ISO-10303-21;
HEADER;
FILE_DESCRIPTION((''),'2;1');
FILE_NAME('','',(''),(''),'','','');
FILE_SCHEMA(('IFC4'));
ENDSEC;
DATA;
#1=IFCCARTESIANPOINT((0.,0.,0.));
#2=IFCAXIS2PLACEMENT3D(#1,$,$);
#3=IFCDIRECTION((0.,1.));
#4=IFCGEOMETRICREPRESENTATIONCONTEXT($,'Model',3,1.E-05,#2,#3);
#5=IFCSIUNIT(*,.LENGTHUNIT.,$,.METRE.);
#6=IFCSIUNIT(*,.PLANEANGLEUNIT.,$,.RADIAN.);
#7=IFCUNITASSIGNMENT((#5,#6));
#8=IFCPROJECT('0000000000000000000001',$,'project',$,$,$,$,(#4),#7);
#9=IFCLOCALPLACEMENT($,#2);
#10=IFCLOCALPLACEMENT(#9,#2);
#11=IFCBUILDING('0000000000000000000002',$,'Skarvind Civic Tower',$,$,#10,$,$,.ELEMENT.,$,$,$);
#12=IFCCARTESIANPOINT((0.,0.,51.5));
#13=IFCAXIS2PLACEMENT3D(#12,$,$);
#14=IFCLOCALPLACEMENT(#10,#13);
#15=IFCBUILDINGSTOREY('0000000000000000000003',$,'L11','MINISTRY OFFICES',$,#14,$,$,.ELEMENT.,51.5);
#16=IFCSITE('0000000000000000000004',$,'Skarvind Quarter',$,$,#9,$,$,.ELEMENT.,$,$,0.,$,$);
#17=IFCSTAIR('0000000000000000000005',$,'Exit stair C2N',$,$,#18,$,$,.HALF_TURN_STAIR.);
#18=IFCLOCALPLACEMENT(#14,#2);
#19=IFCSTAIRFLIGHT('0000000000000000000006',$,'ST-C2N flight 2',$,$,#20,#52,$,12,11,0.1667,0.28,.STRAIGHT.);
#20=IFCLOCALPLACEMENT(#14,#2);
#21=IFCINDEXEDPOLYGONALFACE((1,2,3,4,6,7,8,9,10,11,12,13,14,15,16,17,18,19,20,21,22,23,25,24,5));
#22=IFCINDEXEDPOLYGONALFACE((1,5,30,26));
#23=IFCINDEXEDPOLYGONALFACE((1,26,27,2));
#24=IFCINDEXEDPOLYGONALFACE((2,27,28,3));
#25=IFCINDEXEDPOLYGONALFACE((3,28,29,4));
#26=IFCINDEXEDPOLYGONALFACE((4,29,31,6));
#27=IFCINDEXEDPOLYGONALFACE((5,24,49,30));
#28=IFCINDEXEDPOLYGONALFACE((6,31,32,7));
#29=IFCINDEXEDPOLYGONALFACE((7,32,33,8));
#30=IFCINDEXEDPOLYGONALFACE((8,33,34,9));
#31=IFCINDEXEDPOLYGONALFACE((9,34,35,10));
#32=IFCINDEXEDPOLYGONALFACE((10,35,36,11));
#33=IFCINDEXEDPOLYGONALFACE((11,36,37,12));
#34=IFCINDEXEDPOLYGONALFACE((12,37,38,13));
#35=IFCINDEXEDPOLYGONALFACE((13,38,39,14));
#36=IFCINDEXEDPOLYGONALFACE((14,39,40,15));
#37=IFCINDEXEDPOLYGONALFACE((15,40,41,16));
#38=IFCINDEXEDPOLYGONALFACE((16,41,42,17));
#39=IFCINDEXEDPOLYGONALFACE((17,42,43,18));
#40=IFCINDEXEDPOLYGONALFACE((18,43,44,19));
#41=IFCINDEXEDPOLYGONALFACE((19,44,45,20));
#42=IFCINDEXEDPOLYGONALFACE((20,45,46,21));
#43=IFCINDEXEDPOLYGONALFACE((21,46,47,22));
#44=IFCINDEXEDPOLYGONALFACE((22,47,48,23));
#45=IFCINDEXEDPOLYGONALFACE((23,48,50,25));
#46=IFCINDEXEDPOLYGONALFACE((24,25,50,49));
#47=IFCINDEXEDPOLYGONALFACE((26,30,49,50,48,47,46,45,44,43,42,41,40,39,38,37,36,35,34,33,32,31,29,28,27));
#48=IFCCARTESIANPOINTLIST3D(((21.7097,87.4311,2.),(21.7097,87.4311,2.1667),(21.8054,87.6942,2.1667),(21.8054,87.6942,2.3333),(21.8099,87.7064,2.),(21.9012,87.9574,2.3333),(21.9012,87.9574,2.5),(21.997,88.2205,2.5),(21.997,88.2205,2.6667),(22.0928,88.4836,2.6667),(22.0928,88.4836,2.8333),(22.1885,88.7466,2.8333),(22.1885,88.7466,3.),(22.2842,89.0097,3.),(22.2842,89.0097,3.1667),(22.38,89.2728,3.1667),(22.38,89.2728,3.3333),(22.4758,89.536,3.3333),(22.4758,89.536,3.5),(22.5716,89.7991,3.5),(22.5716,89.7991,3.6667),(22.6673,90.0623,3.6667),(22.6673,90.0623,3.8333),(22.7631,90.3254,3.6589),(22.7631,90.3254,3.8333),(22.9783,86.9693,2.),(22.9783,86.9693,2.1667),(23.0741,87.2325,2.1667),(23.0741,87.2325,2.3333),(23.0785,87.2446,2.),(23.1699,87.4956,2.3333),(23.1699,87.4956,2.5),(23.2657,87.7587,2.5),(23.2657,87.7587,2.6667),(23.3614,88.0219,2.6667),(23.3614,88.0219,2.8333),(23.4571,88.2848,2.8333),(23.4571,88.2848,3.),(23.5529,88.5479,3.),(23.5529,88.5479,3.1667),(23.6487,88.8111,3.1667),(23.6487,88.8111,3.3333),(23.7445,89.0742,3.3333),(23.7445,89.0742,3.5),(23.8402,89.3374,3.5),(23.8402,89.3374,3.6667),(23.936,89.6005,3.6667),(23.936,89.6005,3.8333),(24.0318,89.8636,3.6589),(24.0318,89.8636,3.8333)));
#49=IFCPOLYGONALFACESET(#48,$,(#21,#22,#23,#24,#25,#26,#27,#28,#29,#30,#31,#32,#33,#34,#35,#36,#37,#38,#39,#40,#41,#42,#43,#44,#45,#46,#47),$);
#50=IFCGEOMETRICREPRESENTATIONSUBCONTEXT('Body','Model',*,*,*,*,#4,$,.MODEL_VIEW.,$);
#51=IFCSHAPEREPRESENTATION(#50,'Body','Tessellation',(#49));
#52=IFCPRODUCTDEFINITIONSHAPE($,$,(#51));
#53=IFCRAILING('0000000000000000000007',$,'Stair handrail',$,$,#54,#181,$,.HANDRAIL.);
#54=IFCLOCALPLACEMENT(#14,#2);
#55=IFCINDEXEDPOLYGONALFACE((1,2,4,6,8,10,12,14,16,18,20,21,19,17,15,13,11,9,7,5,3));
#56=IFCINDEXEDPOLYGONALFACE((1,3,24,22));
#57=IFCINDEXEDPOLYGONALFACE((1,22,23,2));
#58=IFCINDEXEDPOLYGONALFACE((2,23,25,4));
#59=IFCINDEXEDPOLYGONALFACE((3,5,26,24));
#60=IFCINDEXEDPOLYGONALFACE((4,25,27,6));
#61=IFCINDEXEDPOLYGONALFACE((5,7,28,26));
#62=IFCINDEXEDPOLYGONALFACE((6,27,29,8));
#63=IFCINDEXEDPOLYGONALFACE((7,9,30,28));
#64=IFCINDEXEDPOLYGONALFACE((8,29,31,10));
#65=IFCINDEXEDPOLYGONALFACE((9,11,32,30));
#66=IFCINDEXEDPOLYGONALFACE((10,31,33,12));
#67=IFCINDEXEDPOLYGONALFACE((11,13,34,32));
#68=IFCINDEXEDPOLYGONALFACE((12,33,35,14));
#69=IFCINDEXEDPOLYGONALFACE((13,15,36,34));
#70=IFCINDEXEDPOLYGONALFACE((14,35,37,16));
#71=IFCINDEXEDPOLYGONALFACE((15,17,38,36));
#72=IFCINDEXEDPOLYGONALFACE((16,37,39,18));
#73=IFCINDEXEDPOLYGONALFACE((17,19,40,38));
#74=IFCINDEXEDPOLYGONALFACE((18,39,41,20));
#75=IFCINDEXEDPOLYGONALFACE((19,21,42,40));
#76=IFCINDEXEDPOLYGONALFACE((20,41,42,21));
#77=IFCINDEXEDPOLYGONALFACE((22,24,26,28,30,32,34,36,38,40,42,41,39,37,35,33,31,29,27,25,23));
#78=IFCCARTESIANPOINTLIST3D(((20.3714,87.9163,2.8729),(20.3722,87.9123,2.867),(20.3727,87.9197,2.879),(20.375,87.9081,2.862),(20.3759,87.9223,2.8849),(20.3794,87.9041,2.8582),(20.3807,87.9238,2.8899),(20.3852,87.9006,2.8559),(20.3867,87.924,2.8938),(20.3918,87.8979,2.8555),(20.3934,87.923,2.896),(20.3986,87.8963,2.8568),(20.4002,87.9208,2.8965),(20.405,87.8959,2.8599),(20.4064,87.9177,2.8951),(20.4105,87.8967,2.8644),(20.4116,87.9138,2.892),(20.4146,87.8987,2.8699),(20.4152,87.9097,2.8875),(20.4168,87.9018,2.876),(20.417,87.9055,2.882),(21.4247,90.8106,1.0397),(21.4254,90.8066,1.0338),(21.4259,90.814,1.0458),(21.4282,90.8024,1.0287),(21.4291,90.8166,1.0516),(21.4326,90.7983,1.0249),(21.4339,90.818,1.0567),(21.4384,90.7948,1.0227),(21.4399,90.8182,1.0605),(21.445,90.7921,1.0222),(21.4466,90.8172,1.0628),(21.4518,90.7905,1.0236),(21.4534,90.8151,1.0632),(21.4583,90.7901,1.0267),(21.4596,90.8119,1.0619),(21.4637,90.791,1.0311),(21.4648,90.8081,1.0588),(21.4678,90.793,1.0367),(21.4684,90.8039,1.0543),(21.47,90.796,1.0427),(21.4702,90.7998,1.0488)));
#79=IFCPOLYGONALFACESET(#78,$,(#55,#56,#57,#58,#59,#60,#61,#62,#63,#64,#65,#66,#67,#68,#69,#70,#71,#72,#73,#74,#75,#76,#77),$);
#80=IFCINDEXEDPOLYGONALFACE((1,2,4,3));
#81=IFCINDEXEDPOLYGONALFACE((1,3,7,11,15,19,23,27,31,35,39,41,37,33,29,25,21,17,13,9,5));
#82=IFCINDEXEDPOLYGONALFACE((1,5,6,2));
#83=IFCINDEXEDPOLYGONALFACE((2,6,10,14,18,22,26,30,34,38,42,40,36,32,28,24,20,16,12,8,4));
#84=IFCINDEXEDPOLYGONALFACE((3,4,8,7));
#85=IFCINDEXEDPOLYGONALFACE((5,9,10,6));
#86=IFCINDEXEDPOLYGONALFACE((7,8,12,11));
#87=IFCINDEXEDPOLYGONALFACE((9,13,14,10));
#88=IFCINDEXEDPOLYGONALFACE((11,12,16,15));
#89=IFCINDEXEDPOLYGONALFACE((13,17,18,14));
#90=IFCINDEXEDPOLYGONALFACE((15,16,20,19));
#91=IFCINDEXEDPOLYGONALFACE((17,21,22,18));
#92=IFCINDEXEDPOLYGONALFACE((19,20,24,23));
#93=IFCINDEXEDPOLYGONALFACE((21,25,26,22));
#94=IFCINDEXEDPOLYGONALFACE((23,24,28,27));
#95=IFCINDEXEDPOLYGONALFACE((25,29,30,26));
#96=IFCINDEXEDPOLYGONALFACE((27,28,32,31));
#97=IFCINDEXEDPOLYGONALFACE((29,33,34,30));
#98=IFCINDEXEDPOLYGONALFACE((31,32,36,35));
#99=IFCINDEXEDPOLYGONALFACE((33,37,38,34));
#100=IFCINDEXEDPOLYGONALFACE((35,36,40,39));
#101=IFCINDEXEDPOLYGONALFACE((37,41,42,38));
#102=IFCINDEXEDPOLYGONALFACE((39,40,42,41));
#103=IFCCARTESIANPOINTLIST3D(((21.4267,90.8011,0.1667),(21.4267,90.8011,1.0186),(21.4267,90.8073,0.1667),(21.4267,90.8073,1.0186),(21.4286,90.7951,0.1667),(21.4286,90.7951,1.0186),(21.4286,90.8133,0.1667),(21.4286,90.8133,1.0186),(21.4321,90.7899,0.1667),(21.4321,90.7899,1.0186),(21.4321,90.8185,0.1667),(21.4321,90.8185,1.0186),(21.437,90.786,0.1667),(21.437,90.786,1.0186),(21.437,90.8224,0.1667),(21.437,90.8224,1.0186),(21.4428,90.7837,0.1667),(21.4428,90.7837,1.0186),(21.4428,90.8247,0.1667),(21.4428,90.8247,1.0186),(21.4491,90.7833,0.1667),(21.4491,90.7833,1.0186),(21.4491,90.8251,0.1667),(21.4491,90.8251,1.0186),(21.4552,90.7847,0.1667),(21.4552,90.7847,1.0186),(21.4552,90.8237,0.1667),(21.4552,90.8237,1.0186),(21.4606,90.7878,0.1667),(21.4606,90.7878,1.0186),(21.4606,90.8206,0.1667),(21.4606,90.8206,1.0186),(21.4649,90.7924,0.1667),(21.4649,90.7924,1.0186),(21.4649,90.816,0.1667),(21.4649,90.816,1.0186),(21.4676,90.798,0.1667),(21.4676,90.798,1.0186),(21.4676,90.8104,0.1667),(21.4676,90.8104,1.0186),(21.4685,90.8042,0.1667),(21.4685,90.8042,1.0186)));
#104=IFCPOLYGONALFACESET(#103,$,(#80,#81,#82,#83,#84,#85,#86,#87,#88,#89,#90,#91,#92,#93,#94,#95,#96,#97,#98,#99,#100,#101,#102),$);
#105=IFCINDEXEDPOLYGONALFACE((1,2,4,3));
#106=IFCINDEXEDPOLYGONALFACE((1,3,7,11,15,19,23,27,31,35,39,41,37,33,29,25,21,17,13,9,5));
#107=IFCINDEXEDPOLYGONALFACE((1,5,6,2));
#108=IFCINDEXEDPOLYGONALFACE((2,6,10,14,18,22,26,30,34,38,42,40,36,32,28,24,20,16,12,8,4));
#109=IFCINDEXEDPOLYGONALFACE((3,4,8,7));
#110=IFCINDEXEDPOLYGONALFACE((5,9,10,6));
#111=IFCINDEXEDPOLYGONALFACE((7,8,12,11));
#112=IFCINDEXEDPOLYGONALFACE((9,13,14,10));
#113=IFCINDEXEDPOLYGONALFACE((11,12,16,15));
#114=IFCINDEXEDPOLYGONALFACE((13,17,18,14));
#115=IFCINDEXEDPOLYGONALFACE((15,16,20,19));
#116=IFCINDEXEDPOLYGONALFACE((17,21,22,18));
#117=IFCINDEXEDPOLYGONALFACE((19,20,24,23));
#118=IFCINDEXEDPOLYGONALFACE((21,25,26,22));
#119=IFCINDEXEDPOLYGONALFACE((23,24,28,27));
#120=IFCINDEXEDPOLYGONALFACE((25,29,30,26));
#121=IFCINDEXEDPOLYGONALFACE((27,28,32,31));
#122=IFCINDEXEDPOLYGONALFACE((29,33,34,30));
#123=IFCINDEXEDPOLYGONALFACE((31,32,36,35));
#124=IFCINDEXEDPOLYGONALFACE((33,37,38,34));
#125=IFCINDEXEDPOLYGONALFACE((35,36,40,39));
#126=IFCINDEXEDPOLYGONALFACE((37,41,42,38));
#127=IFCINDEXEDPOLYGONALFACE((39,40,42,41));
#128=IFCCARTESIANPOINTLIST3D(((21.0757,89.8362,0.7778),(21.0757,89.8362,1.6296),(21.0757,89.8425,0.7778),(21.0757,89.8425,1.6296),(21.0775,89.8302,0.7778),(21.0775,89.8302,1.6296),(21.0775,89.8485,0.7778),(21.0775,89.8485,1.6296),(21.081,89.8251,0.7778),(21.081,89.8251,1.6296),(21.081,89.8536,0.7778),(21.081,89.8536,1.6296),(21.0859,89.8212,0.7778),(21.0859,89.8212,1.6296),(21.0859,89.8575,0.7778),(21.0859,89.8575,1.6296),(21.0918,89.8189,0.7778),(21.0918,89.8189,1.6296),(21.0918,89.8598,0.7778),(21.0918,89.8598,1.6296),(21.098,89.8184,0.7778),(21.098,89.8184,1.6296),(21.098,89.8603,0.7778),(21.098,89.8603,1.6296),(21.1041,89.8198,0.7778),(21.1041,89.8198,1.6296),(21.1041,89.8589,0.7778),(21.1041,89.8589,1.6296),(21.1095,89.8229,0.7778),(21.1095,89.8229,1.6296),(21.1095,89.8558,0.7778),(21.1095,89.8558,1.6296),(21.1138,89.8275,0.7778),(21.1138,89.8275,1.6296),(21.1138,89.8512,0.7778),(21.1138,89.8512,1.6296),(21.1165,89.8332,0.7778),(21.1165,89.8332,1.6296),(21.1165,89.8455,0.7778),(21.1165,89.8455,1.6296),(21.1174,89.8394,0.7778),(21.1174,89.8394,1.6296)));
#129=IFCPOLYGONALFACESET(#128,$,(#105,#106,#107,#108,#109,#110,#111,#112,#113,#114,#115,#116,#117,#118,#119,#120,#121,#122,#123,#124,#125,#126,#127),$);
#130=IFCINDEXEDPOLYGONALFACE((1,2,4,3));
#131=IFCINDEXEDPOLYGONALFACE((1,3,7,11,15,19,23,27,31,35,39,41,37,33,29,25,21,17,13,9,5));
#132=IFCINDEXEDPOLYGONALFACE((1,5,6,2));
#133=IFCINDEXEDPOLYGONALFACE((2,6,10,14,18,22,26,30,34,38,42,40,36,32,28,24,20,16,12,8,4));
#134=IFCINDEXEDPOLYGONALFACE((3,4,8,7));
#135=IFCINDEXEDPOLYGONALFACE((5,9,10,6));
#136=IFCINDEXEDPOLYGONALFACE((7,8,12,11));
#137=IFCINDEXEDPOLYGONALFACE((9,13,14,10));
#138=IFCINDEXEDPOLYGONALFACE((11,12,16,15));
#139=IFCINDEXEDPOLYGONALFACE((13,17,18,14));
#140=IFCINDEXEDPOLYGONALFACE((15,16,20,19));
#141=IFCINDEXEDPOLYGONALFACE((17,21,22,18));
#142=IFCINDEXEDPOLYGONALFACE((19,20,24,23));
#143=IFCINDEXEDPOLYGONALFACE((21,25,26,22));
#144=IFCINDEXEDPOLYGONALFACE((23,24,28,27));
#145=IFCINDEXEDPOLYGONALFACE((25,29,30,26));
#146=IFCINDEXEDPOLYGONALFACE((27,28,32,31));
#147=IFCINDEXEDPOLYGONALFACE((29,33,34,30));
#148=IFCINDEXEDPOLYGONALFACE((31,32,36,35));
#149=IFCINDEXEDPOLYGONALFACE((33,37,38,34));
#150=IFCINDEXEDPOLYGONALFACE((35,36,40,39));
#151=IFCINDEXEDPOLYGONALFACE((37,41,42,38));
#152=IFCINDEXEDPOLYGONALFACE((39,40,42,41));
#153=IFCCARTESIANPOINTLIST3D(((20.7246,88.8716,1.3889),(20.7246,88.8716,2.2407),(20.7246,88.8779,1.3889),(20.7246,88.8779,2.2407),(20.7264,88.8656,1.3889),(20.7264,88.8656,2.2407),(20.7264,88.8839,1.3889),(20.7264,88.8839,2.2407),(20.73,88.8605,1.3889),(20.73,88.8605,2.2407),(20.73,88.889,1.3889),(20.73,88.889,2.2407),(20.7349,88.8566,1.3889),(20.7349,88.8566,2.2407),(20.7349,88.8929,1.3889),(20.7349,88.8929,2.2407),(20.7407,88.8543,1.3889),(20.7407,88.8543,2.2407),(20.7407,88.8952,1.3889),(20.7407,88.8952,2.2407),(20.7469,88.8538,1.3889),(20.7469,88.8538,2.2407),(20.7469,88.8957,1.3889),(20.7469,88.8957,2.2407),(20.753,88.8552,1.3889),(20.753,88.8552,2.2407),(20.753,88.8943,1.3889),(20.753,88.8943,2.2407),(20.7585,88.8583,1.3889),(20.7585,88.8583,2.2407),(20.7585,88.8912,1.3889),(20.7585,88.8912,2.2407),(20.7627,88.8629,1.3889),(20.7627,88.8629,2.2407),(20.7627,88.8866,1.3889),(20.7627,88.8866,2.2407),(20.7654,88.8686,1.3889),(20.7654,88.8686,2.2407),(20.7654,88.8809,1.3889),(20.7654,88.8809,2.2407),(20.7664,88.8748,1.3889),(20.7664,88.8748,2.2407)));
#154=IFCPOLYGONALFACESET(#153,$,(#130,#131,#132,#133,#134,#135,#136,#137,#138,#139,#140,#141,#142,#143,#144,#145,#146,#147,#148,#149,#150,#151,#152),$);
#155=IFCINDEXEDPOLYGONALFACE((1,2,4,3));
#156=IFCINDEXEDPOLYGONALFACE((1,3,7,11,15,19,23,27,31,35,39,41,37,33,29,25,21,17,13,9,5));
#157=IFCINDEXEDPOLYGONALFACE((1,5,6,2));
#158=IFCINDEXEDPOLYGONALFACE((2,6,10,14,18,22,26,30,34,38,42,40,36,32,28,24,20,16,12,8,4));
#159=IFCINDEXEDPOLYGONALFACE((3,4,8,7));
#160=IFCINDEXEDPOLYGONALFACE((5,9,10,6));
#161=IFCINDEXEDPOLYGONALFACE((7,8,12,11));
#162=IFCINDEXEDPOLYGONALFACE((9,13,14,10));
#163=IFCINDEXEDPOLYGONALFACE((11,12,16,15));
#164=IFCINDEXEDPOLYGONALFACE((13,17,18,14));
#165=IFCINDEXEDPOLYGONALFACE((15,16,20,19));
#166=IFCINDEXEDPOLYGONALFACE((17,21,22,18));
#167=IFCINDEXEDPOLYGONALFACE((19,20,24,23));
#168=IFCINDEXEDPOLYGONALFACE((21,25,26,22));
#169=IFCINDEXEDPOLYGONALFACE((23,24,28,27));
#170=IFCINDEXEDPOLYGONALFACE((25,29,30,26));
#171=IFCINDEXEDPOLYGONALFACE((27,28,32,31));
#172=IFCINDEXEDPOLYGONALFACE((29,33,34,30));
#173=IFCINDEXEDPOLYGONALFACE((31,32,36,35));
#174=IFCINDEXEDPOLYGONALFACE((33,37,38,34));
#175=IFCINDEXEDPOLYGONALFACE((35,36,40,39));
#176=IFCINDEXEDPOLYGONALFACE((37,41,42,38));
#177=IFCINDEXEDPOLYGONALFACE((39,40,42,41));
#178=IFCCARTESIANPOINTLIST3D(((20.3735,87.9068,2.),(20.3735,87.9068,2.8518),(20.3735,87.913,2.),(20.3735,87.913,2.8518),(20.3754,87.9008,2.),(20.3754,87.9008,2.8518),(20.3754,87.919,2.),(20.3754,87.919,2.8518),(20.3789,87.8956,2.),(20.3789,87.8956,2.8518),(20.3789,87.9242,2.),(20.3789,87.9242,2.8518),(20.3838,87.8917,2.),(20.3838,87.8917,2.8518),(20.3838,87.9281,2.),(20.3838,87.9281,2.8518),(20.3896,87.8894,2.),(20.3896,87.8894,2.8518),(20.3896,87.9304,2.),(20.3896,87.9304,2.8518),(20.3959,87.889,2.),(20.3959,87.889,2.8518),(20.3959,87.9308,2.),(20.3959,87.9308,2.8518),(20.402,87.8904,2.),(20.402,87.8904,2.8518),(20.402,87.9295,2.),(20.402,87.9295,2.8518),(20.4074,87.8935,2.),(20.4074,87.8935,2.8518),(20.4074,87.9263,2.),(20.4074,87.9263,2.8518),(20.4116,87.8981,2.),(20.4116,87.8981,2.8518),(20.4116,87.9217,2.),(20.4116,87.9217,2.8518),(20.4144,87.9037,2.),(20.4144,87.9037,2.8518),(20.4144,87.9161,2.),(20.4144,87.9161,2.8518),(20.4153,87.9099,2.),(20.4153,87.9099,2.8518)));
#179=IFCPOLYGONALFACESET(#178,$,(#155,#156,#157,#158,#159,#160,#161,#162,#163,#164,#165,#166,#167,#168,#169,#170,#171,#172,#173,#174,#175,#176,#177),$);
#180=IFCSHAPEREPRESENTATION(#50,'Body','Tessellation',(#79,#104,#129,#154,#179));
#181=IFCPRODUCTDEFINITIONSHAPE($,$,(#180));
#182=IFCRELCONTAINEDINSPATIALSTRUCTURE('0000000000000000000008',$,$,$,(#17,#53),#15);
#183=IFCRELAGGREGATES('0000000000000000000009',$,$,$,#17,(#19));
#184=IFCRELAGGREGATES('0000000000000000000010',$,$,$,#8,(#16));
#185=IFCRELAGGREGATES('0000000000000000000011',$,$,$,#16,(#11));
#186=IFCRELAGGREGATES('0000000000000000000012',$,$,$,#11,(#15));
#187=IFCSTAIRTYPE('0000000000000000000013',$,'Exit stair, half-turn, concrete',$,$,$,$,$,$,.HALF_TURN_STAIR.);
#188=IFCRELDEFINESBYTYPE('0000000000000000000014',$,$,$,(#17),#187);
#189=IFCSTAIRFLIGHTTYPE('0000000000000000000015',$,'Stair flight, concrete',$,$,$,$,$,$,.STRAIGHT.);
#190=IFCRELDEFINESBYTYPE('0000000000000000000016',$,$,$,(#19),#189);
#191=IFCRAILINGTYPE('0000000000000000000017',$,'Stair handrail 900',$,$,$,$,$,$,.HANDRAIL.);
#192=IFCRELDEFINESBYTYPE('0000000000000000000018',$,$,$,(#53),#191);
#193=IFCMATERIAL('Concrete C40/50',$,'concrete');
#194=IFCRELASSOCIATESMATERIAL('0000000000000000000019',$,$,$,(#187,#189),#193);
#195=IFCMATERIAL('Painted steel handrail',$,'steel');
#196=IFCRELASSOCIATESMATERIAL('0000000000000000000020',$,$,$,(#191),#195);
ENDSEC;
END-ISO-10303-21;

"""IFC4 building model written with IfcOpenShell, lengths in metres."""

from ifc_helpers import new_model, si_unit, direction, frame, origin, origin_2d, place, context, subcontext, project, spatial, polyline, circle, outline, extrude, material, type_object, element, aggregate, save


model = new_model("IFC4")

# Units and contexts
model_context = context("Model", 3, precision=1e-05, world=origin(), true_north=direction((0.0, 1.0)))
body_context = subcontext(model_context, "Body", "Model", "MODEL_VIEW")
ifc_project = project(units=[si_unit("LENGTHUNIT", "METRE"), si_unit("PLANEANGLEUNIT", "RADIAN")], contexts=[model_context])

# Site, building, storey
site_placement = place(None, origin())
site = spatial("IfcSite", under=ifc_project, at=site_placement, Name="Skarvind Quarter", CompositionType="ELEMENT", RefElevation=0.0)
building_placement = place(site_placement, origin())
building = spatial("IfcBuilding", under=site, at=building_placement, Name="Skarvind Civic Tower", CompositionType="ELEMENT")
storey_placement = place(building_placement, frame((0.0, 0.0, 51.5)))
storey = spatial("IfcBuildingStorey", under=building, at=storey_placement, Name="L11", Description="MINISTRY OFFICES", CompositionType="ELEMENT", Elevation=51.5)

# Stair, stair flight
ifc_material_1 = material(Name="Concrete C40/50", Category="concrete")
stair_type = type_object("IfcStairType", Name="Exit stair, half-turn, concrete", PredefinedType="HALF_TURN_STAIR", material=ifc_material_1)
stair_placement = place(storey_placement, origin())
stair = element("IfcStair", 1, at=stair_placement, inside=storey, type_object=stair_type, Name="Exit stair C2N", PredefinedType="HALF_TURN_STAIR")
stair_flight_type = type_object("IfcStairFlightType", Name="Stair flight, concrete", PredefinedType="STRAIGHT", material=ifc_material_1)
stair_flight_1_placement = place(storey_placement, frame((22.344, 87.2002, 2.0), z_axis=(0.0, 0.0, 1.0), x_axis=(0.34202, 0.939693, 0.0)))
stair_flight_1 = element("IfcStairFlight", 2, at=stair_flight_1_placement, type_object=stair_flight_type, Name="ST-C2N flight 2", NumberOfRisers=12, NumberOfTreads=11, PredefinedType="STRAIGHT", RiserHeight=0.1667, TreadLength=0.28, context=body_context, shape_type="SweptSolid", body=[
    extrude(outline(polyline([(0.0, 0.0), (0.0, 0.1667), (0.28, 0.1667), (0.28, 0.3333), (0.5601, 0.3333), (0.5601, 0.5), (0.8401, 0.5), (0.8401, 0.6667), (1.1201, 0.6667), (1.1201, 0.8333), (1.3999, 0.8333), (1.3999, 1.0), (1.6799, 1.0), (1.6799, 1.1667), (1.96, 1.1667), (1.96, 1.3333), (2.24, 1.3333), (2.24, 1.5), (2.52, 1.5), (2.52, 1.6667), (2.8, 1.6667), (2.8, 1.8333), (3.0801, 1.8333), (3.0801, 2.0), (3.0801, 1.6589), (0.293, 0.0), (0.0, 0.0)])), frame((0.0, 0.675, 0.0), z_axis=(0.0, -1.0, 0.0), x_axis=(1.0, 0.0, 0.0)), (0.0, 0.0, 1.0), 1.3501),
])
aggregate(stair, [stair_flight_1])

# Railing
ifc_material_2 = material(Name="Painted steel handrail", Category="steel")
railing_type = type_object("IfcRailingType", Name="Stair handrail 900", PredefinedType="HANDRAIL", material=ifc_material_2)
railing_1_placement = place(storey_placement, frame((21.4475, 90.8042, 0.1667)))
element("IfcRailing", 3, at=railing_1_placement, inside=storey, type_object=railing_type, Name="Stair handrail", PredefinedType="HANDRAIL", context=body_context, shape_type="SweptSolid", body=[
    extrude(circle(Radius=0.0239, at=origin_2d()), frame((0.0, 0.0, 0.876), z_axis=(-0.293846, -0.807497, 0.511472), x_axis=(0.939715, -0.341959, 0.0)), (0.0, 0.0, 1.0), 3.5842),
    extrude(circle(Radius=0.021, at=origin_2d()), origin(), (0.0, 0.0, 1.0), 0.8518),
    extrude(circle(Radius=0.021, at=origin_2d()), frame((-0.3511, -0.9648, 0.6111)), (0.0, 0.0, 1.0), 0.8518),
    extrude(circle(Radius=0.021, at=origin_2d()), frame((-0.7021, -1.9294, 1.2222)), (0.0, 0.0, 1.0), 0.8518),
    extrude(circle(Radius=0.021, at=origin_2d()), frame((-1.0532, -2.8943, 1.8333)), (0.0, 0.0, 1.0), 0.8518),
])

save(model, "model.ifc")
